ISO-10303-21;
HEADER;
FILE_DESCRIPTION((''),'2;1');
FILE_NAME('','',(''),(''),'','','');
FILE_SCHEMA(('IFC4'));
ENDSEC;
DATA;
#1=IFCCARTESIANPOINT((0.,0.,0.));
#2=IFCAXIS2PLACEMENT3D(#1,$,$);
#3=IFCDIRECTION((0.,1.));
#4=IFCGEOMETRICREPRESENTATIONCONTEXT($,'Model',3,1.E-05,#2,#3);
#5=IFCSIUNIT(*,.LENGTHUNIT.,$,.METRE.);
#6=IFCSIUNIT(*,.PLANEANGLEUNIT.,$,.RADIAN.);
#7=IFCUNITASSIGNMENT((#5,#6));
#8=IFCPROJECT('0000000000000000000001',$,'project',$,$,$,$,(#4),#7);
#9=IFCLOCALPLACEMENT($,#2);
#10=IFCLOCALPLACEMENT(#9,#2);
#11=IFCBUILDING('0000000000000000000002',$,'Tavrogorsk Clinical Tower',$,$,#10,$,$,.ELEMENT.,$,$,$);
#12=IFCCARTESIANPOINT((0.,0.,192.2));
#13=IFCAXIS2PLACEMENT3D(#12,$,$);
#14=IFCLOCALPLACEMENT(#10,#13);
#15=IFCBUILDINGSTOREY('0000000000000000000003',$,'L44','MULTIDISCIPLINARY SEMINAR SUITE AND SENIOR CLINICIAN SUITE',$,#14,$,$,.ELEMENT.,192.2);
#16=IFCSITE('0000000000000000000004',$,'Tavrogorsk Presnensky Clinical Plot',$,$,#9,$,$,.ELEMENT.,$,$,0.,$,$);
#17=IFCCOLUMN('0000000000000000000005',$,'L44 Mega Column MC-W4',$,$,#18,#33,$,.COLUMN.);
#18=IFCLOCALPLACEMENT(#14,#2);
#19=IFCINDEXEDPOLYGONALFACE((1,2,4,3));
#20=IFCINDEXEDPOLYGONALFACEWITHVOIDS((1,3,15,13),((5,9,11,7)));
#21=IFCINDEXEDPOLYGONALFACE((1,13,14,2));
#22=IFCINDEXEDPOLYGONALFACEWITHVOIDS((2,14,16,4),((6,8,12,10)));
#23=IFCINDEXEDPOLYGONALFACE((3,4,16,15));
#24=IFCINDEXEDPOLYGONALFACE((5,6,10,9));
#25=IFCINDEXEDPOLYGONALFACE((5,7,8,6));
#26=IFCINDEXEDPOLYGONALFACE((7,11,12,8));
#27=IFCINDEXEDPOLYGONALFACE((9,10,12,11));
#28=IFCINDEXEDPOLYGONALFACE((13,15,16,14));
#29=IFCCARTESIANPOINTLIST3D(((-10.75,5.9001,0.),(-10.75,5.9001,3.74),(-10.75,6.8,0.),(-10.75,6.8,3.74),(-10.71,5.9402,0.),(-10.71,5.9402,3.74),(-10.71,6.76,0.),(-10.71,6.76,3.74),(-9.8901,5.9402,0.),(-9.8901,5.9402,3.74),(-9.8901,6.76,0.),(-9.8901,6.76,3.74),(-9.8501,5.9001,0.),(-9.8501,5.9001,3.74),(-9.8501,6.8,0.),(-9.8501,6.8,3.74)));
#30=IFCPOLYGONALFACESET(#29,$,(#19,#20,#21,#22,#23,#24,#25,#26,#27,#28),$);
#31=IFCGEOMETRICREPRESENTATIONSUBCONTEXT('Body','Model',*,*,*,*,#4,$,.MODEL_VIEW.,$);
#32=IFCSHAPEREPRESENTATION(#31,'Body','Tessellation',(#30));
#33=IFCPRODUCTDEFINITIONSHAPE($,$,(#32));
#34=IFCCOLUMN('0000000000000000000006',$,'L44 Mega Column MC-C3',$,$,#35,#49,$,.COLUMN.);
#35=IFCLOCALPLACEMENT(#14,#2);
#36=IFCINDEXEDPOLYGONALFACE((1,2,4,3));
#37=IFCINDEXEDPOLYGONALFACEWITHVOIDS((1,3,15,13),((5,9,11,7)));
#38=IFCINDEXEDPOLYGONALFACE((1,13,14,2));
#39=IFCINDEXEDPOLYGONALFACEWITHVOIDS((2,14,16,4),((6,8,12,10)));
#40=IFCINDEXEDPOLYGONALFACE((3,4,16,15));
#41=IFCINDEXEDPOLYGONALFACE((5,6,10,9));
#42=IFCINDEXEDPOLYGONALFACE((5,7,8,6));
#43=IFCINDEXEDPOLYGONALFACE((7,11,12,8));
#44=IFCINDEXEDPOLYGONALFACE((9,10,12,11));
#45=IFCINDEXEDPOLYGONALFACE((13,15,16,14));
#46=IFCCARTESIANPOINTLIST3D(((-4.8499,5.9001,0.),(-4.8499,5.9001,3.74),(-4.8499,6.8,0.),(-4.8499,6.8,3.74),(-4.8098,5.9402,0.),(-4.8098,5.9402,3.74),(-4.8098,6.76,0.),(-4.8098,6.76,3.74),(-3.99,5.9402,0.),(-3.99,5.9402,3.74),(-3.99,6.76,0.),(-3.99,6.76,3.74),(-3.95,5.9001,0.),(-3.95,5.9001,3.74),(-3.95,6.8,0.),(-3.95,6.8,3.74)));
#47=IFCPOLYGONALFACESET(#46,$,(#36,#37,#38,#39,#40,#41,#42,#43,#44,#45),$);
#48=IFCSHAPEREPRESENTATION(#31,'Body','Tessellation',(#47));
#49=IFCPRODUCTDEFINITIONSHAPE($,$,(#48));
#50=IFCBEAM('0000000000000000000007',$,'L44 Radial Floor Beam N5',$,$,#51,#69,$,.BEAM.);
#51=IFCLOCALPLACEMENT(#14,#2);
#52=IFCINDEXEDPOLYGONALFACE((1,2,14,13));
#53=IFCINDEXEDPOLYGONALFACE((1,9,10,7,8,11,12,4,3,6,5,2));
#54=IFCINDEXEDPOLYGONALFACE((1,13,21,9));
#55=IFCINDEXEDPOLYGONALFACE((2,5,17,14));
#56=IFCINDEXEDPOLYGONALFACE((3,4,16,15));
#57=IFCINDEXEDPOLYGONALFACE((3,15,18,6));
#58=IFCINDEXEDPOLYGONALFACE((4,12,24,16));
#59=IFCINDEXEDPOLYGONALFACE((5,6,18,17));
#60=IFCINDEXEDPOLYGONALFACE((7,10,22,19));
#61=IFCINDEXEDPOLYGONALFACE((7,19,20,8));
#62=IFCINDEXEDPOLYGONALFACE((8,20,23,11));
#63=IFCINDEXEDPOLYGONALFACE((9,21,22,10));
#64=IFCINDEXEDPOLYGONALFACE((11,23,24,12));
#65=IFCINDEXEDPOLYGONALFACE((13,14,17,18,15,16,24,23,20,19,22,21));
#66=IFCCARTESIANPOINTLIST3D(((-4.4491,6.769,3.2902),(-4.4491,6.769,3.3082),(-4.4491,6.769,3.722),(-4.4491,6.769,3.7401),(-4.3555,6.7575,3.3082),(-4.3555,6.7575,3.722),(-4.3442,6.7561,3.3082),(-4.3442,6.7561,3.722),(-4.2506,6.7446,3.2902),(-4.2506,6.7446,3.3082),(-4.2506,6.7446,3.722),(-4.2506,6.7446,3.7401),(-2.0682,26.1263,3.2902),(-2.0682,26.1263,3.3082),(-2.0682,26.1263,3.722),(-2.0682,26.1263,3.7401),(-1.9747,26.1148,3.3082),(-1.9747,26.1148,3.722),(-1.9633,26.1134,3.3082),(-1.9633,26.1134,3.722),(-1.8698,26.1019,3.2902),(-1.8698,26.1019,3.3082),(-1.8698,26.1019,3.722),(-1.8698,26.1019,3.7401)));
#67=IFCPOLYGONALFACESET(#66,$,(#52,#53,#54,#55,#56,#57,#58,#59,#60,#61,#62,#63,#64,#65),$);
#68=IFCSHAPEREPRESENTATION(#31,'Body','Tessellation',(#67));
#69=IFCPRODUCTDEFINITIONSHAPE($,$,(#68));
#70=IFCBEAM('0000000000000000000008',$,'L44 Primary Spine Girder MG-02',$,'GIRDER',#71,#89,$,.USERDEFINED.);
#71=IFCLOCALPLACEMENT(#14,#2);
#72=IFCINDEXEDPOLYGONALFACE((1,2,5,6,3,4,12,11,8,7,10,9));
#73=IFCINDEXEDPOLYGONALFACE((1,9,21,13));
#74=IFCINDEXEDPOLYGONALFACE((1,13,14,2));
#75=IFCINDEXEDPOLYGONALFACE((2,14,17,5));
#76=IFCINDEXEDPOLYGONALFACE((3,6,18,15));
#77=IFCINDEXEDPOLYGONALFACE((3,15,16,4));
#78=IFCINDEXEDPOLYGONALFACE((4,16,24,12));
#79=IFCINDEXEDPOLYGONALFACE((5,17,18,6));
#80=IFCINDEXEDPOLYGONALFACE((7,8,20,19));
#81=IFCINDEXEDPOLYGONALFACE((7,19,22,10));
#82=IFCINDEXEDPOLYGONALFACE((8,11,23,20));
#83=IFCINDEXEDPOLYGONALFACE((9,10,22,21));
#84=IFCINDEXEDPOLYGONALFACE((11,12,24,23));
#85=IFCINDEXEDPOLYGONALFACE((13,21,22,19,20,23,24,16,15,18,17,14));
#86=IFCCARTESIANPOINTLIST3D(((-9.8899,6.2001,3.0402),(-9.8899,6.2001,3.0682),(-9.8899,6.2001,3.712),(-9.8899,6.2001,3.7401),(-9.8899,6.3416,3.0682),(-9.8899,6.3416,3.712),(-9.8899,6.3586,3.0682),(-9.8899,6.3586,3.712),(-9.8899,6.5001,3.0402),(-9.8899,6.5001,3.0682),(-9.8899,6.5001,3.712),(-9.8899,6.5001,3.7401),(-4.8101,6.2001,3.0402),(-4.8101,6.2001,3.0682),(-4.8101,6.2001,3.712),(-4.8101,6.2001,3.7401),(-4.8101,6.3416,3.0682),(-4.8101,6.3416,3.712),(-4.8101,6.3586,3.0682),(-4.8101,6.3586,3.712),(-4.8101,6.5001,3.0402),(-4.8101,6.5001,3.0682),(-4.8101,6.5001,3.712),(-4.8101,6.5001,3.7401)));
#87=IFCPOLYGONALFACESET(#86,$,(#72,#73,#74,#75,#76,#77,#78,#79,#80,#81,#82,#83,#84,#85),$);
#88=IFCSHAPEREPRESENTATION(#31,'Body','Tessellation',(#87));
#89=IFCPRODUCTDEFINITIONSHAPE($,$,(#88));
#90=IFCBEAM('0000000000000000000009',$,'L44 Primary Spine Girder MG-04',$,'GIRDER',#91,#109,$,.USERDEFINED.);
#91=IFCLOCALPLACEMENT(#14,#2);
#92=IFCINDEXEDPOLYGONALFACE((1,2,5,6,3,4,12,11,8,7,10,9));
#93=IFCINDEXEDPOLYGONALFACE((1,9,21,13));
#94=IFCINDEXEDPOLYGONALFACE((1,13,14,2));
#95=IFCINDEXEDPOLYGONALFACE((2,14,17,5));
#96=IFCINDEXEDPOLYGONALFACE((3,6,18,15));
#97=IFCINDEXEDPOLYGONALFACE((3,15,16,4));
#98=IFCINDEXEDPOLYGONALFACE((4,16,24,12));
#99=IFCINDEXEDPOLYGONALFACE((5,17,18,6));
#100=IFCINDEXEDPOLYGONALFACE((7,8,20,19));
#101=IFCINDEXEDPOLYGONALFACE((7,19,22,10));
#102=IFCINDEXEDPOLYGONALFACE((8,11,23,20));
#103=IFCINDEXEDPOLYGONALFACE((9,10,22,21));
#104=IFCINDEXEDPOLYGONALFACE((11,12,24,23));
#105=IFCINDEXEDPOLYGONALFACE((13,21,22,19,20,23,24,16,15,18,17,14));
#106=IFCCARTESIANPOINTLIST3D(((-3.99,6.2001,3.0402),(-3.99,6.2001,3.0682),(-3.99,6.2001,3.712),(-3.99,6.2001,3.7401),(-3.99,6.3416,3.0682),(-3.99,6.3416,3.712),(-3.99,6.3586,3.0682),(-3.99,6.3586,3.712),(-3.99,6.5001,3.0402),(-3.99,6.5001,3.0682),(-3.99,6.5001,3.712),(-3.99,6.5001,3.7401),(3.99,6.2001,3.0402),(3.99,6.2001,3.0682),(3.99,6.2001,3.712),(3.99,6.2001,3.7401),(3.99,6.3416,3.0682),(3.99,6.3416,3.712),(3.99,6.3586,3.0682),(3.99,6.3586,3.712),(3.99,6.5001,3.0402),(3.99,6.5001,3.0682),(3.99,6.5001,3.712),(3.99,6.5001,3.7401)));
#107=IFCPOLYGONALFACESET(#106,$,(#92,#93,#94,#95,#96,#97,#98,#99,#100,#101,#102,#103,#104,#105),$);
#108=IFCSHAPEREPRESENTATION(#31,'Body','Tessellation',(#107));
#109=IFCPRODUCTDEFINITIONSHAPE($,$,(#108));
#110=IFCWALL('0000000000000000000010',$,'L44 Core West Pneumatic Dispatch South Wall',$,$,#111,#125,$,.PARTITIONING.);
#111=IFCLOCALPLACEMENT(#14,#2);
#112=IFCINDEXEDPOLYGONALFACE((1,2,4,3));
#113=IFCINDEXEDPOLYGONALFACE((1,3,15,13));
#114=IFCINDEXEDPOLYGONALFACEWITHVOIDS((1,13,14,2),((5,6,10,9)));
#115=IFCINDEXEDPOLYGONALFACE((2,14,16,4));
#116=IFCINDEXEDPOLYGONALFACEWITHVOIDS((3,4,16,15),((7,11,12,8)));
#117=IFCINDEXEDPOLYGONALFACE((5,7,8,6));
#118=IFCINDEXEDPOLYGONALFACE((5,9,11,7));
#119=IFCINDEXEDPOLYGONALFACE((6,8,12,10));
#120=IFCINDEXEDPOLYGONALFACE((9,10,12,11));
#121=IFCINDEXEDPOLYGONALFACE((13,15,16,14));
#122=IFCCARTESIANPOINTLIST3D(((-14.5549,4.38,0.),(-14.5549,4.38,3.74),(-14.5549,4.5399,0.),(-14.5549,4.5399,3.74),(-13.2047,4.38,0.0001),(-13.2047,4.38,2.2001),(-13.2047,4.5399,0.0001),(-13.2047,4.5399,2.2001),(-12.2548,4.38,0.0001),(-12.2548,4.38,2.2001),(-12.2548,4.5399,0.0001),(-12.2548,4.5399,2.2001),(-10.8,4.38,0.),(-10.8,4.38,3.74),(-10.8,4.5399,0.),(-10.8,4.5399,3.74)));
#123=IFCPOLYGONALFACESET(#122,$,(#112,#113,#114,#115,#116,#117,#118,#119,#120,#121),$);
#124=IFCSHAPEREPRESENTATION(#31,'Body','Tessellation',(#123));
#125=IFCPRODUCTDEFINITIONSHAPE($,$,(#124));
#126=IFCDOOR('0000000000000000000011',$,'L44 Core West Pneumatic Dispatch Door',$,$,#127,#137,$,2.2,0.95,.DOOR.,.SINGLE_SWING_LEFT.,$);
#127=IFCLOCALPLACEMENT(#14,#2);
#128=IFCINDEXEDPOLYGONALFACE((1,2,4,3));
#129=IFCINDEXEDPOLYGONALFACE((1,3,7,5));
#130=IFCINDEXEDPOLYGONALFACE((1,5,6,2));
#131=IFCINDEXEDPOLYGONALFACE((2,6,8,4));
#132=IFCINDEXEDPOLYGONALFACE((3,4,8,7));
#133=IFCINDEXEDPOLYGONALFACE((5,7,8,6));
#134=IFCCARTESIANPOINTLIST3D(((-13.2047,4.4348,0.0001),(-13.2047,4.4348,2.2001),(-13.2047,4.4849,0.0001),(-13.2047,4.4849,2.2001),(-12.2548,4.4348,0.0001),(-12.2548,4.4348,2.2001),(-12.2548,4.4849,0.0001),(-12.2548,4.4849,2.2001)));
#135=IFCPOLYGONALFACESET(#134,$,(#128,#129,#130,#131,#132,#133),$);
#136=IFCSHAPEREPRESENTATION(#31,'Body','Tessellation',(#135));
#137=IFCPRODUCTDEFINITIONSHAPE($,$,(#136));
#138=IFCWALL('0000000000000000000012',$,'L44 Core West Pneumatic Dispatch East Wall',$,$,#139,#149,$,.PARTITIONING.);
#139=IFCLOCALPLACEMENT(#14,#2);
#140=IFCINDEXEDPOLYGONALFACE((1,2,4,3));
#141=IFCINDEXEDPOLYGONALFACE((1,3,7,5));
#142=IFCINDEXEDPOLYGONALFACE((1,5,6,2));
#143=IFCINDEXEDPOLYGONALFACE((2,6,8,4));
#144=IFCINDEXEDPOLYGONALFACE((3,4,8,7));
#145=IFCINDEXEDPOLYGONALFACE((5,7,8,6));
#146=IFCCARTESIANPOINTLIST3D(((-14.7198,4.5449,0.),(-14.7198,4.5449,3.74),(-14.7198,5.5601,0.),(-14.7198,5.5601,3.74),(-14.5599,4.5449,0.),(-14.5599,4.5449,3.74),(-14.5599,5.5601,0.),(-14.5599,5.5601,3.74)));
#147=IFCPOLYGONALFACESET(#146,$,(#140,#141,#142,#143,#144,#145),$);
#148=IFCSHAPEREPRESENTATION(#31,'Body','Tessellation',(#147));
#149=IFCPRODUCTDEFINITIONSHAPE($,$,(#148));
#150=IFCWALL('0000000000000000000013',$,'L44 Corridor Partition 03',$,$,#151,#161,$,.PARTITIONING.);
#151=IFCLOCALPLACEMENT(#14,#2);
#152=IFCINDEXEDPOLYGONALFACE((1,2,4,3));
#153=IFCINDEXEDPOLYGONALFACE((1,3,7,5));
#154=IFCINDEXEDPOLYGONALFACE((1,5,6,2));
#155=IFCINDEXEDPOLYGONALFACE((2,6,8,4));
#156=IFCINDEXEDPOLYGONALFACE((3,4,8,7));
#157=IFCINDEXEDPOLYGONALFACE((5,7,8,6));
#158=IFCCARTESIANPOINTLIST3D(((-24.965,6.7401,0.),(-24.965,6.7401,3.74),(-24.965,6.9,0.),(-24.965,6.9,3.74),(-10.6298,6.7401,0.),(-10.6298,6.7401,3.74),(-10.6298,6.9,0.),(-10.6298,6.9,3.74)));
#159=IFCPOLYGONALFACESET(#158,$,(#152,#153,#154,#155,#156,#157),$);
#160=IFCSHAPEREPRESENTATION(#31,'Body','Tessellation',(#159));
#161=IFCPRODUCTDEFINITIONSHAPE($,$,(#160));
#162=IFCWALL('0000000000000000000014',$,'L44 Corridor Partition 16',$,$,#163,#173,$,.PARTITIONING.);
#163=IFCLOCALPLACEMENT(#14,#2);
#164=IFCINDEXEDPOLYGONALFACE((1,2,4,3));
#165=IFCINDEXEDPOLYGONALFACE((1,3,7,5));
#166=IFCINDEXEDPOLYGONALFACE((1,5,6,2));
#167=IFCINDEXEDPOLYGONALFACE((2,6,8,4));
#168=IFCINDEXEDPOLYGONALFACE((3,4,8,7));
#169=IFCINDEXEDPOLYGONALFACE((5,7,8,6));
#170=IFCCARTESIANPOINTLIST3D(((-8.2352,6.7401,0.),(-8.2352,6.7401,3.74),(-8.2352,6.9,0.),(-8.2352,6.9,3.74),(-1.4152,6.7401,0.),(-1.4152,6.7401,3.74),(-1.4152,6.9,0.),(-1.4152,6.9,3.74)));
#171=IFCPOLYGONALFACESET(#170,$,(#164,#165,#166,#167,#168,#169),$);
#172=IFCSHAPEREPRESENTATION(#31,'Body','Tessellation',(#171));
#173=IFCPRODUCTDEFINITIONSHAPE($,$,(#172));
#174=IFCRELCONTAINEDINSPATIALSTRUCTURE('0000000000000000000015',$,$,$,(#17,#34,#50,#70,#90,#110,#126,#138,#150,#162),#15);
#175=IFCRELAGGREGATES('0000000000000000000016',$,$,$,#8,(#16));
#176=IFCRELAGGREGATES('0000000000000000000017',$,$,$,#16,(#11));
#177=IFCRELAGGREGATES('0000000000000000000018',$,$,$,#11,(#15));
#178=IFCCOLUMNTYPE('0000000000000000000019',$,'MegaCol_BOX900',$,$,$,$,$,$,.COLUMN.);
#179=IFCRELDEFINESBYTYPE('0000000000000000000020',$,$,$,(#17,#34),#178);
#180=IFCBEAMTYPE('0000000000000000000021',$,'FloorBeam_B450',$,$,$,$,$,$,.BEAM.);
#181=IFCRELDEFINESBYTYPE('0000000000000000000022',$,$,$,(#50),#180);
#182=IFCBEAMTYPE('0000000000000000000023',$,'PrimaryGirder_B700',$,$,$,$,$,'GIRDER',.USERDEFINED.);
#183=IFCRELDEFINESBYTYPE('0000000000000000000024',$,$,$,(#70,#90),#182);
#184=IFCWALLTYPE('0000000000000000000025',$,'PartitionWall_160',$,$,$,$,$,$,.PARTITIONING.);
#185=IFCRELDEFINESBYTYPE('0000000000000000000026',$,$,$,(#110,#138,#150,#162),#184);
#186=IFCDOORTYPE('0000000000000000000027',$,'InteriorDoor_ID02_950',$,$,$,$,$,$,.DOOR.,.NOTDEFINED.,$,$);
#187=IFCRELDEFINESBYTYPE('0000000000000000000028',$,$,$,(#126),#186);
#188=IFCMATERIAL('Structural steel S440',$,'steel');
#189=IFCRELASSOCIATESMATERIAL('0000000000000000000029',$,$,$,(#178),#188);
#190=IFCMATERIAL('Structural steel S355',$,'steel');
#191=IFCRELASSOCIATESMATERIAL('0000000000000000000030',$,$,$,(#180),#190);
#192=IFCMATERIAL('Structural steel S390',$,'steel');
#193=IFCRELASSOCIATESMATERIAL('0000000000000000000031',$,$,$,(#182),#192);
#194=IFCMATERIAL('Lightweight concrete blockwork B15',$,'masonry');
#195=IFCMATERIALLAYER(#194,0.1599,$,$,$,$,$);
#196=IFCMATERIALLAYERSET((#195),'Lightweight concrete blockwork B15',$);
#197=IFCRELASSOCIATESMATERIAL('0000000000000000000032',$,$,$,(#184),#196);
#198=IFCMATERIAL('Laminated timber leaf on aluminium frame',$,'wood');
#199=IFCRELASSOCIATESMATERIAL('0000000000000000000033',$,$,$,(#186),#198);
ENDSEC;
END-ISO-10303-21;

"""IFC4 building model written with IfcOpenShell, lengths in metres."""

from ifc_helpers import new_model, si_unit, direction, frame, frame_2d, origin, origin_2d, place, context, subcontext, project, spatial, rectangle, hollow_rectangle, i_section, extrude, material, layer, layer_set, material_profile, profile_set, type_object, element, fill, save


model = new_model("IFC4")

# Units and contexts
model_context = context("Model", 3, precision=1e-05, world=origin(), true_north=direction((0.0, 1.0)))
body_context = subcontext(model_context, "Body", "Model", "MODEL_VIEW")
ifc_project = project(units=[si_unit("LENGTHUNIT", "METRE"), si_unit("PLANEANGLEUNIT", "RADIAN")], contexts=[model_context])

# Site, building, storey
site_placement = place(None, origin())
site = spatial("IfcSite", under=ifc_project, at=site_placement, Name="Tavrogorsk Presnensky Clinical Plot", CompositionType="ELEMENT", RefElevation=0.0)
building_placement = place(site_placement, origin())
building = spatial("IfcBuilding", under=site, at=building_placement, Name="Tavrogorsk Clinical Tower", CompositionType="ELEMENT")
storey_placement = place(building_placement, frame((0.0, 0.0, 192.2)))
storey = spatial("IfcBuildingStorey", under=building, at=storey_placement, Name="L44", Description="MULTIDISCIPLINARY SEMINAR SUITE AND SENIOR CLINICIAN SUITE", CompositionType="ELEMENT", Elevation=192.2)

# Columns
ifc_material_1 = material(Name="Structural steel S440", Category="steel")
ifc_material_profile_1 = material_profile(ifc_material_1, hollow_rectangle(XDim=0.8999, YDim=0.8999, WallThickness=0.04, at=origin_2d()), Name="BOX-900x900x40")
ifc_profile_set_1 = profile_set([ifc_material_profile_1], Name="Structural steel S440")
column_type = type_object("IfcColumnType", Name="MegaCol_BOX900", PredefinedType="COLUMN", material=ifc_profile_set_1)
for number, where, z_axis, x_axis, name in (
    (1, (-10.3, 6.3501, 0.0), (0.0, 0.0, 1.0), (1.0, 0.0, 0.0), "L44 Mega Column MC-W4"),
    (2, (-4.3999, 6.3501, 0.0), (0.0, 0.0, 1.0), (1.0, 0.0, 0.0), "L44 Mega Column MC-C3"),
):
    element("IfcColumn", number, at=place(storey_placement, frame(where, z_axis=z_axis, x_axis=x_axis)), inside=storey, type_object=column_type, Name=name, PredefinedType="COLUMN", context=body_context, shape_type="SweptSolid", body=[
        extrude(hollow_rectangle(XDim=0.8999, YDim=0.8999, WallThickness=0.04, at=origin_2d()), origin(), (0.0, 0.0, 1.0), 3.74),
    ])

# Beams
ifc_material_2 = material(Name="Structural steel S355", Category="steel")
ifc_material_profile_2 = material_profile(ifc_material_2, i_section(OverallWidth=0.2, OverallDepth=0.45, WebThickness=0.0115, FlangeThickness=0.0181, at=origin_2d()), Name="B-450x200x11.5x18")
ifc_profile_set_2 = profile_set([ifc_material_profile_2], Name="Structural steel S355")
beam_type_1 = type_object("IfcBeamType", Name="FloorBeam_B450", PredefinedType="BEAM", material=ifc_profile_set_2)
beam_1_placement = place(storey_placement, frame((-4.3499, 6.7568, 3.5151), z_axis=(0.122075, 0.992521, 0.0), x_axis=(-0.992521, 0.122075, 0.0)))
element("IfcBeam", 3, at=beam_1_placement, inside=storey, type_object=beam_type_1, Name="L44 Radial Floor Beam N5", PredefinedType="BEAM", context=body_context, shape_type="SweptSolid", body=[
    extrude(i_section(OverallWidth=0.2, OverallDepth=0.45, WebThickness=0.0115, FlangeThickness=0.0181, at=origin_2d()), origin(), (0.0, 0.0, 1.0), 19.5032),
])
ifc_material_3 = material(Name="Structural steel S390", Category="steel")
ifc_material_profile_3 = material_profile(ifc_material_3, i_section(OverallWidth=0.3, OverallDepth=0.7, WebThickness=0.0171, FlangeThickness=0.0281, at=origin_2d()), Name="B-700x300x17x28")
ifc_profile_set_3 = profile_set([ifc_material_profile_3], Name="Structural steel S390")
beam_type_2 = type_object("IfcBeamType", Name="PrimaryGirder_B700", ElementType="GIRDER", PredefinedType="USERDEFINED", material=ifc_profile_set_3)
beam_2_placement = place(storey_placement, frame((-9.8899, 6.3501, 3.3901), z_axis=(1.0, 0.0, 0.0), x_axis=(0.0, 1.0, 0.0)))
element("IfcBeam", 4, at=beam_2_placement, inside=storey, type_object=beam_type_2, Name="L44 Primary Spine Girder MG-02", ObjectType="GIRDER", PredefinedType="USERDEFINED", context=body_context, shape_type="SweptSolid", body=[
    extrude(i_section(OverallWidth=0.3, OverallDepth=0.7, WebThickness=0.0171, FlangeThickness=0.0281, at=origin_2d()), origin(), (0.0, 0.0, 1.0), 5.0798),
])
beam_3_placement = place(storey_placement, frame((-3.99, 6.3501, 3.3901), z_axis=(1.0, 0.0, 0.0), x_axis=(0.0, 1.0, 0.0)))
element("IfcBeam", 5, at=beam_3_placement, inside=storey, type_object=beam_type_2, Name="L44 Primary Spine Girder MG-04", ObjectType="GIRDER", PredefinedType="USERDEFINED", context=body_context, shape_type="SweptSolid", body=[
    extrude(i_section(OverallWidth=0.3, OverallDepth=0.7, WebThickness=0.0171, FlangeThickness=0.0281, at=origin_2d()), origin(), (0.0, 0.0, 1.0), 7.98),
])

# Wall, opening, door
ifc_material_4 = material(Name="Lightweight concrete blockwork B15", Category="masonry")
ifc_layer_1 = layer(ifc_material_4, 0.1599)
ifc_layer_set_1 = layer_set([ifc_layer_1], Name="Lightweight concrete blockwork B15")
wall_type_1 = type_object("IfcWallType", Name="PartitionWall_160", PredefinedType="PARTITIONING", material=ifc_layer_set_1)
wall_1_placement = place(storey_placement, frame((-14.5549, 4.46, 0.0), z_axis=(0.0, 0.0, 1.0), x_axis=(1.0, 0.0, 0.0)))
wall_1 = element("IfcWall", 6, at=wall_1_placement, inside=storey, type_object=wall_type_1, Name="L44 Core West Pneumatic Dispatch South Wall", PredefinedType="PARTITIONING", context=body_context, shape_type="SweptSolid", body=[
    extrude(rectangle(XDim=3.7549, YDim=0.1599, at=frame_2d((1.8774, 0.0))), origin(), (0.0, 0.0, 1.0), 3.74),
])
opening_1_placement = place(wall_1_placement, frame((1.3501, 0.0, 0.0)))
opening_1 = element("IfcOpeningElement", 7, at=opening_1_placement, cuts=wall_1, PredefinedType="OPENING", context=body_context, shape_type="SweptSolid", body=[
    extrude(rectangle(XDim=0.95, YDim=2.2, at=frame_2d((0.4751, 1.1001))), frame((0.0, 0.0898, 0.0), z_axis=(0.0, -1.0, 0.0), x_axis=(1.0, 0.0, 0.0)), (0.0, 0.0, 1.0), 0.1799),
])
ifc_material_5 = material(Name="Laminated timber leaf on aluminium frame", Category="wood")
door_type_1 = type_object("IfcDoorType", Name="InteriorDoor_ID02_950", OperationType="NOTDEFINED", PredefinedType="DOOR", material=ifc_material_5)
door_1_placement = place(opening_1_placement, origin())
door_1 = element("IfcDoor", 8, at=door_1_placement, inside=storey, type_object=door_type_1, Name="L44 Core West Pneumatic Dispatch Door", OperationType="SINGLE_SWING_LEFT", OverallHeight=2.2, OverallWidth=0.95, PredefinedType="DOOR", context=body_context, shape_type="SweptSolid", body=[
    extrude(rectangle(XDim=0.95, YDim=2.2, at=frame_2d((0.4751, 1.1001))), frame((0.0, 0.0249, 0.0), z_axis=(0.0, -1.0, 0.0), x_axis=(1.0, 0.0, 0.0)), (0.0, 0.0, 1.0), 0.05),
])
fill(opening_1, door_1)

# Walls
wall_2_placement = place(storey_placement, frame((-14.6399, 4.5449, 0.0), z_axis=(0.0, 0.0, 1.0), x_axis=(0.0, 1.0, 0.0)))
element("IfcWall", 9, at=wall_2_placement, inside=storey, type_object=wall_type_1, Name="L44 Core West Pneumatic Dispatch East Wall", PredefinedType="PARTITIONING", context=body_context, shape_type="SweptSolid", body=[
    extrude(rectangle(XDim=1.0151, YDim=0.1599, at=frame_2d((0.5076, 0.0))), origin(), (0.0, 0.0, 1.0), 3.74),
])
wall_3_placement = place(storey_placement, frame((-10.6299, 6.8201, 0.0), z_axis=(0.0, 0.0, 1.0), x_axis=(-1.0, 0.0, 0.0)))
element("IfcWall", 10, at=wall_3_placement, inside=storey, type_object=wall_type_1, Name="L44 Corridor Partition 03", PredefinedType="PARTITIONING", context=body_context, shape_type="SweptSolid", body=[
    extrude(rectangle(XDim=14.3352, YDim=0.1599, at=frame_2d((7.1675, 0.0))), origin(), (0.0, 0.0, 1.0), 3.74),
])
wall_4_placement = place(storey_placement, frame((-1.415, 6.8201, 0.0), z_axis=(0.0, 0.0, 1.0), x_axis=(-1.0, 0.0, 0.0)))
element("IfcWall", 11, at=wall_4_placement, inside=storey, type_object=wall_type_1, Name="L44 Corridor Partition 16", PredefinedType="PARTITIONING", context=body_context, shape_type="SweptSolid", body=[
    extrude(rectangle(XDim=6.8201, YDim=0.1599, at=frame_2d((3.4102, 0.0))), origin(), (0.0, 0.0, 1.0), 3.74),
])

save(model, "model.ifc")
